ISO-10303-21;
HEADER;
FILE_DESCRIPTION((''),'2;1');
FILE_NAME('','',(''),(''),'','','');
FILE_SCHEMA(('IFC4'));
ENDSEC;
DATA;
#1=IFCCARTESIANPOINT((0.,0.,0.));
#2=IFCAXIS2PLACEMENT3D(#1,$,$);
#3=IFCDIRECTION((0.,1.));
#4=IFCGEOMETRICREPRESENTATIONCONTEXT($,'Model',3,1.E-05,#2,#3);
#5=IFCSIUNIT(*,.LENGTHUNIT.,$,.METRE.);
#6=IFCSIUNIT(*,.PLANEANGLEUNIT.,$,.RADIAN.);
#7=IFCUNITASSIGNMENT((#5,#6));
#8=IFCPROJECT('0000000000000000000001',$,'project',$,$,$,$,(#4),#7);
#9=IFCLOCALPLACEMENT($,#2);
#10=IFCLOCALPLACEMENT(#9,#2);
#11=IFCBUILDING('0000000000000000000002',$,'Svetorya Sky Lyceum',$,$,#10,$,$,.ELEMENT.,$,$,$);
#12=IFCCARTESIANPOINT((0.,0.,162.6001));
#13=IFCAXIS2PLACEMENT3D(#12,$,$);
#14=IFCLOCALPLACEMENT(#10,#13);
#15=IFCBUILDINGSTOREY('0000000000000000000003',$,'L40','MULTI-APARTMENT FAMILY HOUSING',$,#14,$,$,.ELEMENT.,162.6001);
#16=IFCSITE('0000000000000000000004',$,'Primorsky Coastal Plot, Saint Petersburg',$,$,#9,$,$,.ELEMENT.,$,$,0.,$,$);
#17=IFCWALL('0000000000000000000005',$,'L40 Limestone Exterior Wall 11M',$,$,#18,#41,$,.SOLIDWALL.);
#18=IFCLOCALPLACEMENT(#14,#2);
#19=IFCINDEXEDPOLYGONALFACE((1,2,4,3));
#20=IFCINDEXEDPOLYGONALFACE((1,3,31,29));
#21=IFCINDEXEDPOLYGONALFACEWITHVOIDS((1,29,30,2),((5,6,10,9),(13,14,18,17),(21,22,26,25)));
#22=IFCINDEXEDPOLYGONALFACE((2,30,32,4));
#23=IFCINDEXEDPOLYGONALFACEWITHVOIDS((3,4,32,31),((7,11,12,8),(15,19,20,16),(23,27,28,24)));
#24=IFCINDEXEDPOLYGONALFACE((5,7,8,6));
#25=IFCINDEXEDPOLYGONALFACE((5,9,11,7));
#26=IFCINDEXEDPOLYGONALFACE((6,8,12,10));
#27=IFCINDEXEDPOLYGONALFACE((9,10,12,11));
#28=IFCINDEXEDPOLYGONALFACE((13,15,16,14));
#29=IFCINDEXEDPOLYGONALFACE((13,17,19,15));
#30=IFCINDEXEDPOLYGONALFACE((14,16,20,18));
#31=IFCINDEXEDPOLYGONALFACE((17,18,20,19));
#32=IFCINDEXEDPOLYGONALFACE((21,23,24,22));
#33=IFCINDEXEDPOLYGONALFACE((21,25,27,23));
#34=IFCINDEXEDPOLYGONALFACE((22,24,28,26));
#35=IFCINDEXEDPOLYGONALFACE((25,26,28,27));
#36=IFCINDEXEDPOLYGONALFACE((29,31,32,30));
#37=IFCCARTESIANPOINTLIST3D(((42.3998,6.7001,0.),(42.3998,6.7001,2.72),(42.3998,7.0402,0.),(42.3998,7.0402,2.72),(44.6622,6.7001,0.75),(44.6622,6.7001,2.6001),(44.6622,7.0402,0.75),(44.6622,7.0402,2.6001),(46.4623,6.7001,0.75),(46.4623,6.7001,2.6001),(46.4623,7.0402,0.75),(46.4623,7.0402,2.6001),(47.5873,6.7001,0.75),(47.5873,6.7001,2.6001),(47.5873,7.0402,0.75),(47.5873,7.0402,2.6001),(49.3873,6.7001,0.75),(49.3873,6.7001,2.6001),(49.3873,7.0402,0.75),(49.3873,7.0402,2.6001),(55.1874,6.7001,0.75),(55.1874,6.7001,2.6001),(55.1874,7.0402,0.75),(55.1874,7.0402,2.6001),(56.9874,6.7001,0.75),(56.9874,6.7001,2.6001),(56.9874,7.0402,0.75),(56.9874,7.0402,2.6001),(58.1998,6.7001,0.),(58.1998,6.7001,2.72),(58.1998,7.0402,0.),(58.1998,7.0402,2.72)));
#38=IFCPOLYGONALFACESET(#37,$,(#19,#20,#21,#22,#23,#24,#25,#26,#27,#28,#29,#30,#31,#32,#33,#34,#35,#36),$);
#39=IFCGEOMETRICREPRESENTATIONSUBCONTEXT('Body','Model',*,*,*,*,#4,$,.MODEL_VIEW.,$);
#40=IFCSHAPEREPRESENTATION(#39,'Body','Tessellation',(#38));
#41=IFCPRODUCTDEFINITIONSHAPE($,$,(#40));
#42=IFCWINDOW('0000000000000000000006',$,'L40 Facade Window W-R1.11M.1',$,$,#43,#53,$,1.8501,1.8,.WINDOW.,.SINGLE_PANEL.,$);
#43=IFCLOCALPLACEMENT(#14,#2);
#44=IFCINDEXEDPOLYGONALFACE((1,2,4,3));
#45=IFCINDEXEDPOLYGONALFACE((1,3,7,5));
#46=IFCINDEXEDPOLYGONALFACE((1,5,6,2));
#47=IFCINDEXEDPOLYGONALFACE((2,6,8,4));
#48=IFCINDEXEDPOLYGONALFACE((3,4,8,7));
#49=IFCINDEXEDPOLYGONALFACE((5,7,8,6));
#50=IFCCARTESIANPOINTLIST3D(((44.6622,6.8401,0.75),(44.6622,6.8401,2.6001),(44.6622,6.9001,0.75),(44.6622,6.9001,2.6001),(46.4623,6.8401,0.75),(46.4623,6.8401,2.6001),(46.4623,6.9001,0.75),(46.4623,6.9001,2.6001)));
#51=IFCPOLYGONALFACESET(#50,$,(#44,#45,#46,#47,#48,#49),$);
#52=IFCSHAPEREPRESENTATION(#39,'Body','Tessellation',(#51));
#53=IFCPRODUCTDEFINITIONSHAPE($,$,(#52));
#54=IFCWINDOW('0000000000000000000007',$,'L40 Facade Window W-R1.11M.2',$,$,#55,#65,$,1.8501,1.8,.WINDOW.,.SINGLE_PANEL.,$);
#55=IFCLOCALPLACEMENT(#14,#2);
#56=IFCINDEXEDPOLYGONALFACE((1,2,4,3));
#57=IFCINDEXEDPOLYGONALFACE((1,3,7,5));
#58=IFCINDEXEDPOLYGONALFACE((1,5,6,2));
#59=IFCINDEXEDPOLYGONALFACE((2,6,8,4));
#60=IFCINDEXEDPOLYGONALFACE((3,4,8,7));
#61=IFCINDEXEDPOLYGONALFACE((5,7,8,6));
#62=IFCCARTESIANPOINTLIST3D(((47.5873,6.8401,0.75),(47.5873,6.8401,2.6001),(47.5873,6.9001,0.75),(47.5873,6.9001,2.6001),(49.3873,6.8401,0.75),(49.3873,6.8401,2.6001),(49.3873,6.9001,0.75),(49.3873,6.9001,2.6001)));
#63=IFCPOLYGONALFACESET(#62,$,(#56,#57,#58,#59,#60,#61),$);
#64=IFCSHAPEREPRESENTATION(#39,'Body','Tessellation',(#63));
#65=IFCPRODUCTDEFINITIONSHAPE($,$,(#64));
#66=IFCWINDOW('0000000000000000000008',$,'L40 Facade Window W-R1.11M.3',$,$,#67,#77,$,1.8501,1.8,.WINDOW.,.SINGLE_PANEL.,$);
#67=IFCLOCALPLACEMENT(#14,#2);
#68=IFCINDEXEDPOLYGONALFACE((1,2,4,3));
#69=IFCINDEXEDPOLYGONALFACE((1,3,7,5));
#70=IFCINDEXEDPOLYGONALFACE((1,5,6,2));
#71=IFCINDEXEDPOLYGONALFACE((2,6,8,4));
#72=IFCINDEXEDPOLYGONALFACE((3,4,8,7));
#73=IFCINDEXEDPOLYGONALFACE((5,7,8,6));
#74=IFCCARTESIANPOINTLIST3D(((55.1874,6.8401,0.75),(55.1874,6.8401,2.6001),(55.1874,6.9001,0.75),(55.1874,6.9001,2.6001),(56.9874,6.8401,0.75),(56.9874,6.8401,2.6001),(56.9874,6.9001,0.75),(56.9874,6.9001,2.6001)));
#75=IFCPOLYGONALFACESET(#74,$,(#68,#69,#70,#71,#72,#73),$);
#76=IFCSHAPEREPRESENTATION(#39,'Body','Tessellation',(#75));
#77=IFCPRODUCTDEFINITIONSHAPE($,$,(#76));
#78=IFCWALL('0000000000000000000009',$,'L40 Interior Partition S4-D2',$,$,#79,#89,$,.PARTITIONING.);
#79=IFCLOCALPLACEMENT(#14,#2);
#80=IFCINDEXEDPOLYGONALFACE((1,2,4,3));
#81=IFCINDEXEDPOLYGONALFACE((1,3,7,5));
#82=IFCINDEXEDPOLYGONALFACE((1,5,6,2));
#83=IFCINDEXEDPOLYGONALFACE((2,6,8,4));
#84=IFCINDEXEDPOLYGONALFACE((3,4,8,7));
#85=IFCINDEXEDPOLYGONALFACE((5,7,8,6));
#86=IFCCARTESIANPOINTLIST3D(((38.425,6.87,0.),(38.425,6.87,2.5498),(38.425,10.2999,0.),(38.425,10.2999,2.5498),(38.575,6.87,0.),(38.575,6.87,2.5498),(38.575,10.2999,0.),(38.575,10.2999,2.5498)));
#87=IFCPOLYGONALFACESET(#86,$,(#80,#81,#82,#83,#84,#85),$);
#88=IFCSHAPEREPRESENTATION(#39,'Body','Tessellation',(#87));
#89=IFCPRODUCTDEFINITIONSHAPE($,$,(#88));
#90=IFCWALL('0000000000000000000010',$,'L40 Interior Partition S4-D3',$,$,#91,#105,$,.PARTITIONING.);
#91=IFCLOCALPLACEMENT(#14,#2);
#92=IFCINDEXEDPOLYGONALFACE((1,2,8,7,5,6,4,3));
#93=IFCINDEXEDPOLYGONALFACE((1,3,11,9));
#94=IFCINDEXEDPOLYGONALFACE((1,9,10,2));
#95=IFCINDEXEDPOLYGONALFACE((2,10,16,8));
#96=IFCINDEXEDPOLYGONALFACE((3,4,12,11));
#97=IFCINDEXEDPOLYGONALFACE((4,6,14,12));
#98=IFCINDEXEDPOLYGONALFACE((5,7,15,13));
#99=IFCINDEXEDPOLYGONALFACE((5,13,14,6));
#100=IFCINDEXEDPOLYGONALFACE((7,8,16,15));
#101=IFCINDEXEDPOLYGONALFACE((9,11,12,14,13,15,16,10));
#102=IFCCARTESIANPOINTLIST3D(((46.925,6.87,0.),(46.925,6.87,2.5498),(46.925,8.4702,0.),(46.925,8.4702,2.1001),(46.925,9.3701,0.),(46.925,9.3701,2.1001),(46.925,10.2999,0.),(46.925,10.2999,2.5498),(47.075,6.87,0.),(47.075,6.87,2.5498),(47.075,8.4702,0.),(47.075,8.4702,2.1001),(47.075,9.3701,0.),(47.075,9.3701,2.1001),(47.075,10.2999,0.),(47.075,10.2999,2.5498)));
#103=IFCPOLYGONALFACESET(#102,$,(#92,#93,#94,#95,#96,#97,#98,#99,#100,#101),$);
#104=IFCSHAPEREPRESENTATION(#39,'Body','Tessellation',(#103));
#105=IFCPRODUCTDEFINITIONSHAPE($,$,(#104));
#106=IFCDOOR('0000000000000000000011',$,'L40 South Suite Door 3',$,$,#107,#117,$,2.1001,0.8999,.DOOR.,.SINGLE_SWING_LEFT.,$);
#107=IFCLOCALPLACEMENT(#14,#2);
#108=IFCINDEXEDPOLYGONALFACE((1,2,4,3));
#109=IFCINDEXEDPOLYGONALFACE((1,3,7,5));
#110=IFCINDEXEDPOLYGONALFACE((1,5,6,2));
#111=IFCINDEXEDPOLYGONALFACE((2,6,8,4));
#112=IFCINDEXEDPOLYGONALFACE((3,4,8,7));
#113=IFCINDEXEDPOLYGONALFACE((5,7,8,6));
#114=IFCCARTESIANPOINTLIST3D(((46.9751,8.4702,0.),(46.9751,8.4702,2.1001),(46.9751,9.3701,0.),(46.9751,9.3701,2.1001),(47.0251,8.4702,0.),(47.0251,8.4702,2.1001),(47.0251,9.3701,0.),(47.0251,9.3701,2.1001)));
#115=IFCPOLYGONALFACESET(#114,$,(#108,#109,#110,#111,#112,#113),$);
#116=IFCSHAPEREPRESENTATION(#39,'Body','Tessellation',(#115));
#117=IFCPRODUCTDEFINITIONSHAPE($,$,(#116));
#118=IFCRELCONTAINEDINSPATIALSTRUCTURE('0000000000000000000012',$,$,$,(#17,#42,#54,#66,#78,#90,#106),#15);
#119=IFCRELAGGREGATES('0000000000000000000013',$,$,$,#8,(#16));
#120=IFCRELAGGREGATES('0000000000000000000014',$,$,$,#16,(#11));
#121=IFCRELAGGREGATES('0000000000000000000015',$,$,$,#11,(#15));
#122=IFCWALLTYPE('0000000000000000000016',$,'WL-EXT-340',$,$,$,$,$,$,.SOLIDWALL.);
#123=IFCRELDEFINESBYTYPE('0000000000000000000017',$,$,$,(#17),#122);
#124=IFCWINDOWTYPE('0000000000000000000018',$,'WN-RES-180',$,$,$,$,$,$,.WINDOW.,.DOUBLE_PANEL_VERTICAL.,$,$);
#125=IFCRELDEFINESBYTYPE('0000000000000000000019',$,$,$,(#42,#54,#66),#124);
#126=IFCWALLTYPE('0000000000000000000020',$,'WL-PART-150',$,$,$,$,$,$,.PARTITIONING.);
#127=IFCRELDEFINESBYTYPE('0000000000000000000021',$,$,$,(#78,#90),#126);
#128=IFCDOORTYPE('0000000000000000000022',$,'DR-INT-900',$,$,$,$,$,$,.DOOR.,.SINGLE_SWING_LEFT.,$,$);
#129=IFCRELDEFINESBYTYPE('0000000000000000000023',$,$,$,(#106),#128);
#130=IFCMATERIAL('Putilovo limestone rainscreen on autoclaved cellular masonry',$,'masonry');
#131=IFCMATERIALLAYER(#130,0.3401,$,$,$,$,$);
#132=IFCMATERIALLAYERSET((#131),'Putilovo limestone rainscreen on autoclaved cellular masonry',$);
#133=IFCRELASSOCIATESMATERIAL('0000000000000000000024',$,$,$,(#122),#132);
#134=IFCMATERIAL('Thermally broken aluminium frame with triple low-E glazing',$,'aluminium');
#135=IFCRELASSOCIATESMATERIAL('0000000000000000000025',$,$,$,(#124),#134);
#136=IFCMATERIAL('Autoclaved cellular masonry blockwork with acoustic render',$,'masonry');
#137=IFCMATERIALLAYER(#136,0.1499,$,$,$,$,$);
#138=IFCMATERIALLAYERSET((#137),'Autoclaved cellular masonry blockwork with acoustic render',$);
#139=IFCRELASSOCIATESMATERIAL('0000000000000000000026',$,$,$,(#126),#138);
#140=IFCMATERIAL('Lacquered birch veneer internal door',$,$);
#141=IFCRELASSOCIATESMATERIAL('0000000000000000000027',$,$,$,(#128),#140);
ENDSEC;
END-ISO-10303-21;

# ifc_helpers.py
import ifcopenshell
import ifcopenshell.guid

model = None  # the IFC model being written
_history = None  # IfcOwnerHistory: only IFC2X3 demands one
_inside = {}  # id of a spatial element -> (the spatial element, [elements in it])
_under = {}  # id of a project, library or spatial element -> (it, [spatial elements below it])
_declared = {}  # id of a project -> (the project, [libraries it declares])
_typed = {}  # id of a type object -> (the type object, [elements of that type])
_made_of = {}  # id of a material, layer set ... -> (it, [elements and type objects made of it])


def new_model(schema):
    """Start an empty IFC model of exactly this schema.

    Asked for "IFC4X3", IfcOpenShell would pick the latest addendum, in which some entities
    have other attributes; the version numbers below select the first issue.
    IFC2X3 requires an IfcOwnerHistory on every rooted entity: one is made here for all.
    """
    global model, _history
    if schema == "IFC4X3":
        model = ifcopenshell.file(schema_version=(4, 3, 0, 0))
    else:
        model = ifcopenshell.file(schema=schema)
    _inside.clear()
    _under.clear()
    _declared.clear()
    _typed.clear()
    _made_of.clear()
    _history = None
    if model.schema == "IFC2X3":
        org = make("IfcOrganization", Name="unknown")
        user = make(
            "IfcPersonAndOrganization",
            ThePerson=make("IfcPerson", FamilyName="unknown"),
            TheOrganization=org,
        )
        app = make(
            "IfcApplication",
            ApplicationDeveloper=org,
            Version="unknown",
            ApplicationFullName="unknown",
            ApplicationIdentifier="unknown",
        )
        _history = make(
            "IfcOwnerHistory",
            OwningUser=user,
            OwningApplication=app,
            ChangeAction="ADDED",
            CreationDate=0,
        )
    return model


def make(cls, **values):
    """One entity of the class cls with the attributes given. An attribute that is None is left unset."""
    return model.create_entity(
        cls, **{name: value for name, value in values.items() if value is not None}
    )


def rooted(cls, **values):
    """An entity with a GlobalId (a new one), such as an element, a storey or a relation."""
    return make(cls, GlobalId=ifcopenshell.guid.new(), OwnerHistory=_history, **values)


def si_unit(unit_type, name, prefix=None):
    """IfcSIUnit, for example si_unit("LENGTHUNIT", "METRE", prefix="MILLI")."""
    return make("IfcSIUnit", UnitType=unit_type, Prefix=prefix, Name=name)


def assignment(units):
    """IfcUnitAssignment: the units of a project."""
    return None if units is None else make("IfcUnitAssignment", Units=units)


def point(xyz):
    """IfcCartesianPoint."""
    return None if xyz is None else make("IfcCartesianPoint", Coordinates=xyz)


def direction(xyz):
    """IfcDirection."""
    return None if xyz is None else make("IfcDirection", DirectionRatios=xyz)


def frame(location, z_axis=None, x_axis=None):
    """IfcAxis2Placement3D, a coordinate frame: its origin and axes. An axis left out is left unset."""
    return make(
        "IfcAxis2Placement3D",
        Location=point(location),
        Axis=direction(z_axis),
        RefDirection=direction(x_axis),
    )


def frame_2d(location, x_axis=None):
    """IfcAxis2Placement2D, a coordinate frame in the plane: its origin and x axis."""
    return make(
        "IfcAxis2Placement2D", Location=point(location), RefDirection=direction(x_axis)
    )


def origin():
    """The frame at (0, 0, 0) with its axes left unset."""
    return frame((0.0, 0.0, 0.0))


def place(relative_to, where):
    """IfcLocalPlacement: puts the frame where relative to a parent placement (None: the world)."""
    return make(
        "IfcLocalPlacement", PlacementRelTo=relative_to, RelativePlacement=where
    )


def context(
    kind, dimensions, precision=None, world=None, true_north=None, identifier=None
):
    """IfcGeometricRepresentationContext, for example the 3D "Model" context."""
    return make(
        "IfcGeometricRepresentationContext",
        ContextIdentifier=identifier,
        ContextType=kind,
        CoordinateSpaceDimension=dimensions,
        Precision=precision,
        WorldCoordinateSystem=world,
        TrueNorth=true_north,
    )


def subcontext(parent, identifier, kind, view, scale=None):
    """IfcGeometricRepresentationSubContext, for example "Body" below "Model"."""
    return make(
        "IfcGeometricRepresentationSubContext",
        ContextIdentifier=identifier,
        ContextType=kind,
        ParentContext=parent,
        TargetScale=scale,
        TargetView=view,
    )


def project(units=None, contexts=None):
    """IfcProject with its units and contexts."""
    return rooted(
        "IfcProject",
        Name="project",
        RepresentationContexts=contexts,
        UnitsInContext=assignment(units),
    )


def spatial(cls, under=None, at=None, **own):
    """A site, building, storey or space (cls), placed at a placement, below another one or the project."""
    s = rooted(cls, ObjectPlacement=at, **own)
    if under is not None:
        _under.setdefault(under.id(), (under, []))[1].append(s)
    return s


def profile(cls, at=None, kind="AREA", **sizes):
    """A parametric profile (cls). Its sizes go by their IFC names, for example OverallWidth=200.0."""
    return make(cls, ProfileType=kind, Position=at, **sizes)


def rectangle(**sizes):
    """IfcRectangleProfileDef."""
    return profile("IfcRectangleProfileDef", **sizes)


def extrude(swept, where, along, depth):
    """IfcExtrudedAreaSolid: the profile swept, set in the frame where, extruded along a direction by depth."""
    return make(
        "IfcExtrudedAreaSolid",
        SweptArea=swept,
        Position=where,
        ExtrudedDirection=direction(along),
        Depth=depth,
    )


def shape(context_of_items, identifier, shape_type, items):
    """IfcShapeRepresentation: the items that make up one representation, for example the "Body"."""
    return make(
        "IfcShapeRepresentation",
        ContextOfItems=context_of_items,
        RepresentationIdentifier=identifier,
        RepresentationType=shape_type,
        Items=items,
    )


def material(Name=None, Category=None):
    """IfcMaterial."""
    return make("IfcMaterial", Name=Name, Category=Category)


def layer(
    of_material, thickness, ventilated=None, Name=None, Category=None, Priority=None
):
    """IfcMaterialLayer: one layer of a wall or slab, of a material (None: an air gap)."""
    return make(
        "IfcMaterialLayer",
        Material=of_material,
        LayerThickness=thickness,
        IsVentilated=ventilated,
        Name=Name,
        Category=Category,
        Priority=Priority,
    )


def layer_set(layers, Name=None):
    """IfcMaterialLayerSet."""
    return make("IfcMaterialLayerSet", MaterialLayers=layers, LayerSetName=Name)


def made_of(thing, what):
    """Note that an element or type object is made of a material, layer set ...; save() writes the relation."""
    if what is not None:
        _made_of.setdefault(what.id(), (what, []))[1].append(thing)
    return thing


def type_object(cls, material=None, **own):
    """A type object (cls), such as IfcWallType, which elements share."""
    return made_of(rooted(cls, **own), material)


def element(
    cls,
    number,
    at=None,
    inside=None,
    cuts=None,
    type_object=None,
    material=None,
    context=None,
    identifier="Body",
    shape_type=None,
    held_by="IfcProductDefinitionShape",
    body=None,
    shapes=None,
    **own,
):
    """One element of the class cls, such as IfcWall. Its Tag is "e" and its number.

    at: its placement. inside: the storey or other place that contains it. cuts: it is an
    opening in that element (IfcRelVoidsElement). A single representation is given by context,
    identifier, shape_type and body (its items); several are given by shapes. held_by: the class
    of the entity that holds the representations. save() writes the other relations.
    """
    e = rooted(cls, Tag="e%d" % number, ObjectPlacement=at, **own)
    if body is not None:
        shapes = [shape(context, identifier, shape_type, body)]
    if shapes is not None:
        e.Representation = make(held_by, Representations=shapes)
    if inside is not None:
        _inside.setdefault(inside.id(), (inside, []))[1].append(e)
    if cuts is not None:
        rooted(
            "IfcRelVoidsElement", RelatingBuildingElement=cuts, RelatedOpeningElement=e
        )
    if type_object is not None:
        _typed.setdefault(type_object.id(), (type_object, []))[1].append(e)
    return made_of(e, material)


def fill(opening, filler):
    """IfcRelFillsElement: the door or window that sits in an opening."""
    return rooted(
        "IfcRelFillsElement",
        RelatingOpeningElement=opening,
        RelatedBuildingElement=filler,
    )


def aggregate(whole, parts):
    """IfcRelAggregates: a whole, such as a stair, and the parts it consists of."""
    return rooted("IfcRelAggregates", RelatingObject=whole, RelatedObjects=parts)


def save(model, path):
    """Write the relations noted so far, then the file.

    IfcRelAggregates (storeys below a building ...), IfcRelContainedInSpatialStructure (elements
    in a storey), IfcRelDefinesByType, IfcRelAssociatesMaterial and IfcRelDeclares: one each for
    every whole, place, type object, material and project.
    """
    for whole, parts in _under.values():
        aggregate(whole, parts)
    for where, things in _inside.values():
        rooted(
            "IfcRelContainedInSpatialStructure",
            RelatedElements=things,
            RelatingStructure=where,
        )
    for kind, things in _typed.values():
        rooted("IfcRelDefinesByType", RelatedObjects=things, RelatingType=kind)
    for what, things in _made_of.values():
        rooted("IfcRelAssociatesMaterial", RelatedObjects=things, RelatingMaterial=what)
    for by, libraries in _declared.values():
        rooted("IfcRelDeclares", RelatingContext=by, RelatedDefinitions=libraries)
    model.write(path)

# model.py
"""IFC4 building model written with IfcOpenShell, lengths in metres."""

from ifc_helpers import new_model, si_unit, direction, frame, frame_2d, origin, place, context, subcontext, project, spatial, rectangle, extrude, material, layer, layer_set, type_object, element, fill, save


model = new_model("IFC4")

# Units and contexts
model_context = context("Model", 3, precision=1e-05, world=origin(), true_north=direction((0.0, 1.0)))
body_context = subcontext(model_context, "Body", "Model", "MODEL_VIEW")
ifc_project = project(units=[si_unit("LENGTHUNIT", "METRE"), si_unit("PLANEANGLEUNIT", "RADIAN")], contexts=[model_context])

# Site, building, storey
site_placement = place(None, origin())
site = spatial("IfcSite", under=ifc_project, at=site_placement, Name="Primorsky Coastal Plot, Saint Petersburg", CompositionType="ELEMENT", RefElevation=0.0)
building_placement = place(site_placement, origin())
building = spatial("IfcBuilding", under=site, at=building_placement, Name="Svetorya Sky Lyceum", CompositionType="ELEMENT")
storey_placement = place(building_placement, frame((0.0, 0.0, 162.6001)))
storey = spatial("IfcBuildingStorey", under=building, at=storey_placement, Name="L40", Description="MULTI-APARTMENT FAMILY HOUSING", CompositionType="ELEMENT", Elevation=162.6001)

# Shared definitions
ifc_material_1 = material(Name="Putilovo limestone rainscreen on autoclaved cellular masonry", Category="masonry")
ifc_layer_1 = layer(ifc_material_1, 0.3401)
ifc_layer_set_1 = layer_set([ifc_layer_1], Name="Putilovo limestone rainscreen on autoclaved cellular masonry")
wall_type_1 = type_object("IfcWallType", Name="WL-EXT-340", PredefinedType="SOLIDWALL", material=ifc_layer_set_1)

# Wall, openings, windows
wall_1_placement = place(storey_placement, frame((42.3999, 6.8701, 0.0), z_axis=(0.0, 0.0, 1.0), x_axis=(1.0, 0.0, 0.0)))
wall_1 = element("IfcWall", 1, at=wall_1_placement, inside=storey, type_object=wall_type_1, Name="L40 Limestone Exterior Wall 11M", PredefinedType="SOLIDWALL", context=body_context, shape_type="SweptSolid", body=[
    extrude(rectangle(XDim=15.8, YDim=0.3401, at=frame_2d((7.8999, 0.0))), origin(), (0.0, 0.0, 1.0), 2.72),
])
opening_1_placement = place(wall_1_placement, frame((2.2625, 0.0, 0.75)))
opening_1 = element("IfcOpeningElement", 2, at=opening_1_placement, cuts=wall_1, PredefinedType="OPENING", context=body_context, shape_type="SweptSolid", body=[
    extrude(rectangle(XDim=1.8, YDim=1.8501, at=frame_2d((0.8999, 0.925))), frame((0.0, 0.1799, 0.0), z_axis=(0.0, -1.0, 0.0), x_axis=(1.0, 0.0, 0.0)), (0.0, 0.0, 1.0), 0.3601),
])
opening_2_placement = place(wall_1_placement, frame((5.1875, 0.0, 0.75)))
opening_2 = element("IfcOpeningElement", 3, at=opening_2_placement, cuts=wall_1, PredefinedType="OPENING", context=body_context, shape_type="SweptSolid", body=[
    extrude(rectangle(XDim=1.8, YDim=1.8501, at=frame_2d((0.8999, 0.925))), frame((0.0, 0.1799, 0.0), z_axis=(0.0, -1.0, 0.0), x_axis=(1.0, 0.0, 0.0)), (0.0, 0.0, 1.0), 0.3601),
])
opening_3_placement = place(wall_1_placement, frame((12.7876, 0.0, 0.75)))
opening_3 = element("IfcOpeningElement", 4, at=opening_3_placement, cuts=wall_1, PredefinedType="OPENING", context=body_context, shape_type="SweptSolid", body=[
    extrude(rectangle(XDim=1.8, YDim=1.8501, at=frame_2d((0.8999, 0.925))), frame((0.0, 0.1799, 0.0), z_axis=(0.0, -1.0, 0.0), x_axis=(1.0, 0.0, 0.0)), (0.0, 0.0, 1.0), 0.3601),
])
ifc_material_2 = material(Name="Thermally broken aluminium frame with triple low-E glazing", Category="aluminium")
window_type = type_object("IfcWindowType", Name="WN-RES-180", PartitioningType="DOUBLE_PANEL_VERTICAL", PredefinedType="WINDOW", material=ifc_material_2)
window_1_placement = place(opening_1_placement, origin())
window_1 = element("IfcWindow", 5, at=window_1_placement, inside=storey, type_object=window_type, Name="L40 Facade Window W-R1.11M.1", OverallHeight=1.8501, OverallWidth=1.8, PartitioningType="SINGLE_PANEL", PredefinedType="WINDOW", context=body_context, shape_type="SweptSolid", body=[
    extrude(rectangle(XDim=1.8, YDim=1.8501, at=frame_2d((0.8999, 0.925))), frame((0.0, 0.03, 0.0), z_axis=(0.0, -1.0, 0.0), x_axis=(1.0, 0.0, 0.0)), (0.0, 0.0, 1.0), 0.0601),
])
fill(opening_1, window_1)
window_2_placement = place(opening_2_placement, origin())
window_2 = element("IfcWindow", 6, at=window_2_placement, inside=storey, type_object=window_type, Name="L40 Facade Window W-R1.11M.2", OverallHeight=1.8501, OverallWidth=1.8, PartitioningType="SINGLE_PANEL", PredefinedType="WINDOW", context=body_context, shape_type="SweptSolid", body=[
    extrude(rectangle(XDim=1.8, YDim=1.8501, at=frame_2d((0.8999, 0.925))), frame((0.0, 0.03, 0.0), z_axis=(0.0, -1.0, 0.0), x_axis=(1.0, 0.0, 0.0)), (0.0, 0.0, 1.0), 0.0601),
])
fill(opening_2, window_2)
window_3_placement = place(opening_3_placement, origin())
window_3 = element("IfcWindow", 7, at=window_3_placement, inside=storey, type_object=window_type, Name="L40 Facade Window W-R1.11M.3", OverallHeight=1.8501, OverallWidth=1.8, PartitioningType="SINGLE_PANEL", PredefinedType="WINDOW", context=body_context, shape_type="SweptSolid", body=[
    extrude(rectangle(XDim=1.8, YDim=1.8501, at=frame_2d((0.8999, 0.925))), frame((0.0, 0.03, 0.0), z_axis=(0.0, -1.0, 0.0), x_axis=(1.0, 0.0, 0.0)), (0.0, 0.0, 1.0), 0.0601),
])
fill(opening_3, window_3)

# Wall
ifc_material_3 = material(Name="Autoclaved cellular masonry blockwork with acoustic render", Category="masonry")
ifc_layer_2 = layer(ifc_material_3, 0.1499)
ifc_layer_set_2 = layer_set([ifc_layer_2], Name="Autoclaved cellular masonry blockwork with acoustic render")
wall_type_2 = type_object("IfcWallType", Name="WL-PART-150", PredefinedType="PARTITIONING", material=ifc_layer_set_2)
wall_2_placement = place(storey_placement, frame((38.5, 6.8701, 0.0), z_axis=(0.0, 0.0, 1.0), x_axis=(0.0, 1.0, 0.0)))
element("IfcWall", 8, at=wall_2_placement, inside=storey, type_object=wall_type_2, Name="L40 Interior Partition S4-D2", PredefinedType="PARTITIONING", context=body_context, shape_type="SweptSolid", body=[
    extrude(rectangle(XDim=3.4299, YDim=0.1499, at=frame_2d((1.7148, 0.0))), origin(), (0.0, 0.0, 1.0), 2.5498),
])

# Wall, opening, door
wall_3_placement = place(storey_placement, frame((47.0, 6.8701, 0.0), z_axis=(0.0, 0.0, 1.0), x_axis=(0.0, 1.0, 0.0)))
wall_3 = element("IfcWall", 9, at=wall_3_placement, inside=storey, type_object=wall_type_2, Name="L40 Interior Partition S4-D3", PredefinedType="PARTITIONING", context=body_context, shape_type="SweptSolid", body=[
    extrude(rectangle(XDim=3.4299, YDim=0.1499, at=frame_2d((1.7148, 0.0))), origin(), (0.0, 0.0, 1.0), 2.5498),
])
opening_4_placement = place(wall_3_placement, frame((1.6001, 0.0, 0.0)))
opening_4 = element("IfcOpeningElement", 10, at=opening_4_placement, cuts=wall_3, PredefinedType="OPENING", context=body_context, shape_type="SweptSolid", body=[
    extrude(rectangle(XDim=0.8999, YDim=2.1001, at=frame_2d((0.45, 1.05))), frame((0.0, 0.085, 0.0), z_axis=(0.0, -1.0, 0.0), x_axis=(1.0, 0.0, 0.0)), (0.0, 0.0, 1.0), 0.1699),
])
ifc_material_4 = material(Name="Lacquered birch veneer internal door")
door_type = type_object("IfcDoorType", Name="DR-INT-900", OperationType="SINGLE_SWING_LEFT", PredefinedType="DOOR", material=ifc_material_4)
door_placement = place(opening_4_placement, origin())
door = element("IfcDoor", 11, at=door_placement, inside=storey, type_object=door_type, Name="L40 South Suite Door 3", OperationType="SINGLE_SWING_LEFT", OverallHeight=2.1001, OverallWidth=0.8999, PredefinedType="DOOR", context=body_context, shape_type="SweptSolid", body=[
    extrude(rectangle(XDim=0.8999, YDim=2.1001, at=frame_2d((0.45, 1.05))), frame((0.0, 0.0249, 0.0), z_axis=(0.0, -1.0, 0.0), x_axis=(1.0, 0.0, 0.0)), (0.0, 0.0, 1.0), 0.05),
])
fill(opening_4, door)

save(model, "model.ifc")
